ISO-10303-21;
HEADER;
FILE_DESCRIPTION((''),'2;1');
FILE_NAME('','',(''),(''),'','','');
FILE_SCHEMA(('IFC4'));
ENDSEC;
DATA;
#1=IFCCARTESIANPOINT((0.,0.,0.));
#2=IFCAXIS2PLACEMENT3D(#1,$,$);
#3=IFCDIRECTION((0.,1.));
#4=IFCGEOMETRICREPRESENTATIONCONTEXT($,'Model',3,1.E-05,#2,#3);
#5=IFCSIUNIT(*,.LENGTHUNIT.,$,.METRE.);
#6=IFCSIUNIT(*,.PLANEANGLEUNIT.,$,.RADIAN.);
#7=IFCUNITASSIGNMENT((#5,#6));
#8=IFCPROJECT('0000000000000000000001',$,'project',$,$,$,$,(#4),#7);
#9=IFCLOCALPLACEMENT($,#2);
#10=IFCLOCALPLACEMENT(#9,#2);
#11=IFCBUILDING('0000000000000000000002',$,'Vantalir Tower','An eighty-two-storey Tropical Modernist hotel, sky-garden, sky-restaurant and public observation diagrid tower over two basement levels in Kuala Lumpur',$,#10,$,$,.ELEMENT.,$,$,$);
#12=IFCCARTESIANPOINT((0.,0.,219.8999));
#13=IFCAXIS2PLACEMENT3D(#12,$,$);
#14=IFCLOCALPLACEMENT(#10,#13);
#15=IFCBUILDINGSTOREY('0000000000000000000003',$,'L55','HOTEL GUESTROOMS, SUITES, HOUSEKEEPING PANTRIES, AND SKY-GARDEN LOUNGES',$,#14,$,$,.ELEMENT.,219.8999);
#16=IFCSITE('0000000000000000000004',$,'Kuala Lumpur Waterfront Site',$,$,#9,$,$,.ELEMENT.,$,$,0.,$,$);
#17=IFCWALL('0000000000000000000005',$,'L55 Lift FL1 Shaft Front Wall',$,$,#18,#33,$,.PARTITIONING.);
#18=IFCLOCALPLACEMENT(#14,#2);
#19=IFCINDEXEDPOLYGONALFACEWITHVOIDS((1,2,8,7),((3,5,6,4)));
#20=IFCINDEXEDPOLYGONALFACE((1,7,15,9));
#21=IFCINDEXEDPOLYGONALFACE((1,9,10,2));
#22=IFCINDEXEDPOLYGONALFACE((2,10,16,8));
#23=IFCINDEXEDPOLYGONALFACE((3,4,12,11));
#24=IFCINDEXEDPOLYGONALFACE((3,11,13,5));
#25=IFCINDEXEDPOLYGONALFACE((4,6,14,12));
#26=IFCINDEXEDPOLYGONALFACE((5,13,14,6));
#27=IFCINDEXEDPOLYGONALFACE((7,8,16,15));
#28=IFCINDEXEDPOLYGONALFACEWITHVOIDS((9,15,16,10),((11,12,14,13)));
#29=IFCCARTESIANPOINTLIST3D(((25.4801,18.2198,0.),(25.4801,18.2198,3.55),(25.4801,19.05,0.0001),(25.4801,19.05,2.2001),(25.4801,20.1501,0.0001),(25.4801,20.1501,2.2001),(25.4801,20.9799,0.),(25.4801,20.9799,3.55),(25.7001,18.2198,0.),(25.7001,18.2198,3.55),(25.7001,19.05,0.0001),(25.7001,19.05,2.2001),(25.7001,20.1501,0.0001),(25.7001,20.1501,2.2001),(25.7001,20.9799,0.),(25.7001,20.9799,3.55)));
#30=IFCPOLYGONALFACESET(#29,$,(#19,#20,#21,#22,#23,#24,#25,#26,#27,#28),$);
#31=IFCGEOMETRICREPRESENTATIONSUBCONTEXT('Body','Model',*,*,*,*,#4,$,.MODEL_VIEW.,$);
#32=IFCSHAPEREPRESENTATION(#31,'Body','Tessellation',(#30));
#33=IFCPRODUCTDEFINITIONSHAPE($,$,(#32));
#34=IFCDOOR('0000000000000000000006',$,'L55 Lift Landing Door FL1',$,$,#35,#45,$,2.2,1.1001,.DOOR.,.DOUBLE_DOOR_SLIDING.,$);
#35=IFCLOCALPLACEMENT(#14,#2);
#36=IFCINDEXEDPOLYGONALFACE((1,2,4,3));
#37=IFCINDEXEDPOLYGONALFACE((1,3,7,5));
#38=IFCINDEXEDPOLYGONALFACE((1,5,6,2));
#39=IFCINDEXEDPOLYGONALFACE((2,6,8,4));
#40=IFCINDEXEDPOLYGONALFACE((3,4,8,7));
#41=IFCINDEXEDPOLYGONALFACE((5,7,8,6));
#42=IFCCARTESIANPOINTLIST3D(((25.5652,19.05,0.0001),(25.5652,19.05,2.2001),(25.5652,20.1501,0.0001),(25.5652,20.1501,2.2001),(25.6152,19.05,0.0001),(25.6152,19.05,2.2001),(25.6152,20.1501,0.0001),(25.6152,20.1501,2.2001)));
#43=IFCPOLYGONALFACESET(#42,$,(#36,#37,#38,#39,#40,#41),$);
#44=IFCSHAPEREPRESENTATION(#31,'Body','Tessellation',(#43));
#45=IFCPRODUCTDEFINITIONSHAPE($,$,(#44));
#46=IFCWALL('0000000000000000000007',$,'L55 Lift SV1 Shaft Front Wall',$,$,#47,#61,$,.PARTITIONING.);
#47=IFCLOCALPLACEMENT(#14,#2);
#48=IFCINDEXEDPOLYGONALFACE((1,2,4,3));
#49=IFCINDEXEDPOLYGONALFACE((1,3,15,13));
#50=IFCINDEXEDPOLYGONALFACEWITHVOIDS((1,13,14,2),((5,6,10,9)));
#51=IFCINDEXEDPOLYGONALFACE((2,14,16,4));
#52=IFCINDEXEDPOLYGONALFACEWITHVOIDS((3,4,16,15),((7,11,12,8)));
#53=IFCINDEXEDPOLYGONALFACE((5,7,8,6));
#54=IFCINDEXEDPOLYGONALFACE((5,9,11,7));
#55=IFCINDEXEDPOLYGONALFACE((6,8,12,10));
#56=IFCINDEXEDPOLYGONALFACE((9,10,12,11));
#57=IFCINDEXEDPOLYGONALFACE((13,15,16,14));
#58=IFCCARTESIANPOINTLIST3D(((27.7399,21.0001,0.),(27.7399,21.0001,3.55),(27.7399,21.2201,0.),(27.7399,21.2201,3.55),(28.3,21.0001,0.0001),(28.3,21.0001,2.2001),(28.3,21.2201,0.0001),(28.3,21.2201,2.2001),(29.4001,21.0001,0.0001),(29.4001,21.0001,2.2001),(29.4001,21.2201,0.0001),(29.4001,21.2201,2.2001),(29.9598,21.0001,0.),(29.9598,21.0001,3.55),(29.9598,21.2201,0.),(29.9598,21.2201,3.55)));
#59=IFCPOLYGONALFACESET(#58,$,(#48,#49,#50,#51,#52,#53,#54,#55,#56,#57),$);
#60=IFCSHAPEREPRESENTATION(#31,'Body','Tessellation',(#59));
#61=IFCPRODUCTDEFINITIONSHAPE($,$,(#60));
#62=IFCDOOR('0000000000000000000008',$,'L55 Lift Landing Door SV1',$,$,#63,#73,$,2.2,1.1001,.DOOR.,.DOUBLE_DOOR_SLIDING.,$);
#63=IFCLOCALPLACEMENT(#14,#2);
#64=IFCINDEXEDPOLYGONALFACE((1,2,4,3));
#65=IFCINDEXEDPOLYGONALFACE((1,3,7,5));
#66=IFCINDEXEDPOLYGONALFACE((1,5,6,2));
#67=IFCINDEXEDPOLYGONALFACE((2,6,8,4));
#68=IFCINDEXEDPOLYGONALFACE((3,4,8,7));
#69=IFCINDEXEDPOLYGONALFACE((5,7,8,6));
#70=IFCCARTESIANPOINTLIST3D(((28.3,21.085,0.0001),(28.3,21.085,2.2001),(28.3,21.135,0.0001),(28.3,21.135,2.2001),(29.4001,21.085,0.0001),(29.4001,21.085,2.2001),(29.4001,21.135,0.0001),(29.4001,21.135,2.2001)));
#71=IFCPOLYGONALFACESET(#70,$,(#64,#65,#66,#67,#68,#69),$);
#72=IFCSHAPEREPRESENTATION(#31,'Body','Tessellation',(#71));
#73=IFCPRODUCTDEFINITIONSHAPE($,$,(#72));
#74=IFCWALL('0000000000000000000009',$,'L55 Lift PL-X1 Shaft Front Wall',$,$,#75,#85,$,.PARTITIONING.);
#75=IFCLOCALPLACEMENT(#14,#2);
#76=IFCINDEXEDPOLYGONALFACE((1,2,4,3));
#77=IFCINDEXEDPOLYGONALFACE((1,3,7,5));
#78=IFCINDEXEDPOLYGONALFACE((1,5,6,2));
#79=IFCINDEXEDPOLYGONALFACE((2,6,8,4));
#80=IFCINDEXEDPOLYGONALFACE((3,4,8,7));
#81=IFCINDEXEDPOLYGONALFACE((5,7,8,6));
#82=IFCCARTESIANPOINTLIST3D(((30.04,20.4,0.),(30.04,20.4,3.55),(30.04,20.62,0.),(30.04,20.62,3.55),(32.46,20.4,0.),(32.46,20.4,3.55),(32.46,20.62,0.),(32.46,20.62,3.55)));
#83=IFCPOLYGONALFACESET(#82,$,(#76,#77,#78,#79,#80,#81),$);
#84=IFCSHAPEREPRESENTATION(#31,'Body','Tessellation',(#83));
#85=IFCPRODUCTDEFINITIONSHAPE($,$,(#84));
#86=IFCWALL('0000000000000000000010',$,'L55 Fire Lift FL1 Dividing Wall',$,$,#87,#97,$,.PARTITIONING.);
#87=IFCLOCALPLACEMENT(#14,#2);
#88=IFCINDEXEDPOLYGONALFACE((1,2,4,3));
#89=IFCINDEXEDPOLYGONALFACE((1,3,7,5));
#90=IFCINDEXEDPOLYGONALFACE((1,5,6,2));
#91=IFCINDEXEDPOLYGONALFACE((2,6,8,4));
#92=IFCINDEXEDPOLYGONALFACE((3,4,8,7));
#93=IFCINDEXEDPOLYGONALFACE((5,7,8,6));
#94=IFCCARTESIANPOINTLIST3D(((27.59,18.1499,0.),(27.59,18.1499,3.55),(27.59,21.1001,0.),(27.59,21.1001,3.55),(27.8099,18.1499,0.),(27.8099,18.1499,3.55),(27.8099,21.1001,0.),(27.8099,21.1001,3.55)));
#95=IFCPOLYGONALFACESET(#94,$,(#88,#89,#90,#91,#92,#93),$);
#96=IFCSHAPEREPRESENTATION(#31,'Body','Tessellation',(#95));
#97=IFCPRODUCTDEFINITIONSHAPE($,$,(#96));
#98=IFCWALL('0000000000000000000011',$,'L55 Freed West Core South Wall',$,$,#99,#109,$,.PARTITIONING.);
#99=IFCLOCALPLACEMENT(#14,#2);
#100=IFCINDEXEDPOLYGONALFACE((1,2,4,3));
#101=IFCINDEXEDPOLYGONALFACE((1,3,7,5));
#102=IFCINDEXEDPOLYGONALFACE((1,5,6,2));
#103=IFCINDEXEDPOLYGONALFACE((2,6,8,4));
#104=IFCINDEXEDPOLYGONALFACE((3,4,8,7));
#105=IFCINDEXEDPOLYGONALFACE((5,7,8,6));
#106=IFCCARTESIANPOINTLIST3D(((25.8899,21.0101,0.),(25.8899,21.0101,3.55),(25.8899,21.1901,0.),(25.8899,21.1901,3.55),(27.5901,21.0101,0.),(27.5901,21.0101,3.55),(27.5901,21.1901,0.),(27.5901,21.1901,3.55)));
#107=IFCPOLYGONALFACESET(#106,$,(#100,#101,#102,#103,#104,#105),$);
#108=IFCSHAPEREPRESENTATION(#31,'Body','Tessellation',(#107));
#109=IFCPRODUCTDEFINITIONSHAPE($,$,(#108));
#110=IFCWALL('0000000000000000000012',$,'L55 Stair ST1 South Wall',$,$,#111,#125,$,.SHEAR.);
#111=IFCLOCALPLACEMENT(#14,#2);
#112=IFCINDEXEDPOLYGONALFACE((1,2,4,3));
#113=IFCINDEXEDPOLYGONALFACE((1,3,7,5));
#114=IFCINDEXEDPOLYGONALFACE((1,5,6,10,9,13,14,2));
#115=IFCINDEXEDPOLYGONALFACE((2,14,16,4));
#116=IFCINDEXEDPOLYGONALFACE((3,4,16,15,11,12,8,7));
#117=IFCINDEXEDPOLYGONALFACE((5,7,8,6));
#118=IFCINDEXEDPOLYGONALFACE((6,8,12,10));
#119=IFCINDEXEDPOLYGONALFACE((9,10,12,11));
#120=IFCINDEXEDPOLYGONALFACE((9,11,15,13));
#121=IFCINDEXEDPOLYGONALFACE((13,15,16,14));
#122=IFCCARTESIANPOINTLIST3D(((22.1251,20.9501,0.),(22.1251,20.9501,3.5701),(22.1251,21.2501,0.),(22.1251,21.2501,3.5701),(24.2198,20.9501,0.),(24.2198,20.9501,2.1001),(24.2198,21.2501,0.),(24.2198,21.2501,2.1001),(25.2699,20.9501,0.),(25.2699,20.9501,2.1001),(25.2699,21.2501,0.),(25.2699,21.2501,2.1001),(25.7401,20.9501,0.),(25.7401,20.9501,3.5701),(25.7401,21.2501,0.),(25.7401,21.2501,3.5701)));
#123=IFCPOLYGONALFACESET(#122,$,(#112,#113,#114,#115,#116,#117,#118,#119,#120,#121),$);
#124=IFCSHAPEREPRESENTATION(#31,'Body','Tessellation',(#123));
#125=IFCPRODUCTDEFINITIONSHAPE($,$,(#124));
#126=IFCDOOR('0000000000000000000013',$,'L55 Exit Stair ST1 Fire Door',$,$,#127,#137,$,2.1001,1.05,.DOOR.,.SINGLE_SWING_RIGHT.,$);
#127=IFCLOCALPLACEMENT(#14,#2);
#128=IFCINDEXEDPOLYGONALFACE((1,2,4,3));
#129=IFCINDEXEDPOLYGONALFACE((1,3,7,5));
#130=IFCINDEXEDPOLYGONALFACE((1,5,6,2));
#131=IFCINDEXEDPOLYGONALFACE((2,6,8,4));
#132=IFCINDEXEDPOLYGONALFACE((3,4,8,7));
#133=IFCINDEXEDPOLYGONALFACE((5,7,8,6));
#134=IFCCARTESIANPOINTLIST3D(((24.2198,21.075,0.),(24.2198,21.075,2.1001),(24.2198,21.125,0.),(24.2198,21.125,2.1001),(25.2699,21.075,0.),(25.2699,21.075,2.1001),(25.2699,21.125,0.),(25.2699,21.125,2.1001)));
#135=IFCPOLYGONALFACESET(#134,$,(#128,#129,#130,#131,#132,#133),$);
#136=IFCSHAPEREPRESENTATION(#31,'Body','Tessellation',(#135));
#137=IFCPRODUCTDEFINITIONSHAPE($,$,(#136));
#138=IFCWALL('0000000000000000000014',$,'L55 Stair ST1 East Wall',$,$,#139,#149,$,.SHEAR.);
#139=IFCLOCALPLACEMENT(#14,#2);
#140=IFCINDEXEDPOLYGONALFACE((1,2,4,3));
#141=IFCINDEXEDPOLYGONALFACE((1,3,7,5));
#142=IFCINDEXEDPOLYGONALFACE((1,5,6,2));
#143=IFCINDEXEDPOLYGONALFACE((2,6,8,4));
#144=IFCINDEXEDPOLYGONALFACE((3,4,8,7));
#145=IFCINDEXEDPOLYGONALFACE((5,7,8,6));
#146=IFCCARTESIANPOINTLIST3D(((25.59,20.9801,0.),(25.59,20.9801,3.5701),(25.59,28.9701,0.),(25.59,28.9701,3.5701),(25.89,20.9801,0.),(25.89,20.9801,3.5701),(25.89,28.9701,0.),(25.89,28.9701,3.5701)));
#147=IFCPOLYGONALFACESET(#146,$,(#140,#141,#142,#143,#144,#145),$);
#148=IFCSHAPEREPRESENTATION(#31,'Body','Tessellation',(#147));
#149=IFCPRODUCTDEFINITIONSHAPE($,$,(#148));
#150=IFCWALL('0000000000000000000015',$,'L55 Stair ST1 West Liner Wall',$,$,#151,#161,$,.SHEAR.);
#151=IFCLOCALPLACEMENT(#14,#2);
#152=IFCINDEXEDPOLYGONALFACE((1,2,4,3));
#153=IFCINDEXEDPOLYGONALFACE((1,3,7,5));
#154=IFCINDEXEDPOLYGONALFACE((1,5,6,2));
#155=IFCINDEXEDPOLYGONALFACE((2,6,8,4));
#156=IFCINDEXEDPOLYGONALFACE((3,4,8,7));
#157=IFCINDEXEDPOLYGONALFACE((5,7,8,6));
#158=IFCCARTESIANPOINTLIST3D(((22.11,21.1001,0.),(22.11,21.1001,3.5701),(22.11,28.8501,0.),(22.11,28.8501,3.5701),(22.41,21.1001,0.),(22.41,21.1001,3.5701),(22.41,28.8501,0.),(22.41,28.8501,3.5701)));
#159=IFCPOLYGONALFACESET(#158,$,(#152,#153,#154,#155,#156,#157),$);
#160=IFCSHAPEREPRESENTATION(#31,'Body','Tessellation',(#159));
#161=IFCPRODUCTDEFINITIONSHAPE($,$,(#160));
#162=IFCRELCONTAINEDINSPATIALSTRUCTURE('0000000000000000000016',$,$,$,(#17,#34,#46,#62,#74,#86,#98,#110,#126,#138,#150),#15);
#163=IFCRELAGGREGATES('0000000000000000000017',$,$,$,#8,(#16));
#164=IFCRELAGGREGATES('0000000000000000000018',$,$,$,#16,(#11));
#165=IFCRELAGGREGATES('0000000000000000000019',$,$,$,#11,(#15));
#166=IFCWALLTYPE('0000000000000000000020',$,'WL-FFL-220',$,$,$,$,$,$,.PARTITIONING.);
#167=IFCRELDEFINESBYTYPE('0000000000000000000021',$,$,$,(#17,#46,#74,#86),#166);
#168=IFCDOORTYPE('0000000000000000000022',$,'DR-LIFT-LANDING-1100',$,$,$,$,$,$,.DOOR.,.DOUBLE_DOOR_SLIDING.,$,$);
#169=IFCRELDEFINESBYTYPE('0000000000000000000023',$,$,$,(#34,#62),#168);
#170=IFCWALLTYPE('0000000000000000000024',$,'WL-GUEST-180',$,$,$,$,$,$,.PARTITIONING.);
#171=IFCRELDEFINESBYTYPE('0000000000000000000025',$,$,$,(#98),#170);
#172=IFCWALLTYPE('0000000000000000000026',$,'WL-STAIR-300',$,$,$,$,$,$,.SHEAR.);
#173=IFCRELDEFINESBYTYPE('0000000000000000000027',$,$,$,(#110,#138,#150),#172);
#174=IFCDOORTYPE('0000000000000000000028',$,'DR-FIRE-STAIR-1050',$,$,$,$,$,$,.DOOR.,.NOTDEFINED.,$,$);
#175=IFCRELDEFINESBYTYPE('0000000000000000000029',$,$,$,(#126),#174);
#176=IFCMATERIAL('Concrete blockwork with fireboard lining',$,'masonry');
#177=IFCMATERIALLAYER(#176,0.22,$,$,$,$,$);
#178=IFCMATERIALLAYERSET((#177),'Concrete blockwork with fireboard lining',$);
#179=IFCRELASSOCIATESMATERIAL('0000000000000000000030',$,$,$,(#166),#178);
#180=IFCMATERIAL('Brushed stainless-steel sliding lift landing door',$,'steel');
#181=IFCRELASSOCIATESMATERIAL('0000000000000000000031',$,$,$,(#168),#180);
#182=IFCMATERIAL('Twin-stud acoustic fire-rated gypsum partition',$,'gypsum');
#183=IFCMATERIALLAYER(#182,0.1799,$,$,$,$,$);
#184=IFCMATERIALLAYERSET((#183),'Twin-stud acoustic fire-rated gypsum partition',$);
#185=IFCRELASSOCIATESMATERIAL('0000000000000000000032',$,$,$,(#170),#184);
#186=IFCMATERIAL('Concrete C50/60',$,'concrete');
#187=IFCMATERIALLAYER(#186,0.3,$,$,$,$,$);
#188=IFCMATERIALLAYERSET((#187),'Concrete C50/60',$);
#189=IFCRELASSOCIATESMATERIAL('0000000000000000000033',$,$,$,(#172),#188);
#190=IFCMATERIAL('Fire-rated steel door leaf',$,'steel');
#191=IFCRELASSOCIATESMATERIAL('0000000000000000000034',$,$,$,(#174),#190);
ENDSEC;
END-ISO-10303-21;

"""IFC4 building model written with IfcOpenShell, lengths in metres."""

from ifc_helpers import new_model, si_unit, direction, frame, frame_2d, origin, place, context, subcontext, project, spatial, rectangle, extrude, material, layer, layer_set, type_object, element, fill, save


model = new_model("IFC4")

# Units and contexts
model_context = context("Model", 3, precision=1e-05, world=origin(), true_north=direction((0.0, 1.0)))
body_context = subcontext(model_context, "Body", "Model", "MODEL_VIEW")
ifc_project = project(units=[si_unit("LENGTHUNIT", "METRE"), si_unit("PLANEANGLEUNIT", "RADIAN")], contexts=[model_context])

# Site, building, storey
site_placement = place(None, origin())
site = spatial("IfcSite", under=ifc_project, at=site_placement, Name="Kuala Lumpur Waterfront Site", CompositionType="ELEMENT", RefElevation=0.0)
building_placement = place(site_placement, origin())
building = spatial("IfcBuilding", under=site, at=building_placement, Name="Vantalir Tower", Description="An eighty-two-storey Tropical Modernist hotel, sky-garden, sky-restaurant and public observation diagrid tower over two basement levels in Kuala Lumpur", CompositionType="ELEMENT")
storey_placement = place(building_placement, frame((0.0, 0.0, 219.8999)))
storey = spatial("IfcBuildingStorey", under=building, at=storey_placement, Name="L55", Description="HOTEL GUESTROOMS, SUITES, HOUSEKEEPING PANTRIES, AND SKY-GARDEN LOUNGES", CompositionType="ELEMENT", Elevation=219.8999)

# Shared definitions
ifc_material_1 = material(Name="Concrete C50/60", Category="concrete")

# Shared definitions
ifc_material_2 = material(Name="Concrete blockwork with fireboard lining", Category="masonry")
ifc_layer_1 = layer(ifc_material_2, 0.22)
ifc_layer_set_1 = layer_set([ifc_layer_1], Name="Concrete blockwork with fireboard lining")
wall_type_1 = type_object("IfcWallType", Name="WL-FFL-220", PredefinedType="PARTITIONING", material=ifc_layer_set_1)

# Walls, openings, doors
wall_1_placement = place(storey_placement, frame((25.5901, 18.22, 0.0), z_axis=(0.0, 0.0, 1.0), x_axis=(0.0, 1.0, 0.0)))
wall_1 = element("IfcWall", 1, at=wall_1_placement, inside=storey, type_object=wall_type_1, Name="L55 Lift FL1 Shaft Front Wall", PredefinedType="PARTITIONING", context=body_context, shape_type="SweptSolid", body=[
    extrude(rectangle(XDim=2.76, YDim=0.22, at=frame_2d((1.3799, 0.0))), origin(), (0.0, 0.0, 1.0), 3.55),
])
opening_1_placement = place(wall_1_placement, frame((0.8301, 0.0, 0.0)))
opening_1 = element("IfcOpeningElement", 2, at=opening_1_placement, cuts=wall_1, PredefinedType="OPENING", context=body_context, shape_type="SweptSolid", body=[
    extrude(rectangle(XDim=1.1001, YDim=2.2, at=frame_2d((0.55, 1.1001))), frame((0.0, 0.1199, 0.0), z_axis=(0.0, -1.0, 0.0), x_axis=(1.0, 0.0, 0.0)), (0.0, 0.0, 1.0), 0.24),
])
ifc_material_3 = material(Name="Brushed stainless-steel sliding lift landing door", Category="steel")
door_type_1 = type_object("IfcDoorType", Name="DR-LIFT-LANDING-1100", OperationType="DOUBLE_DOOR_SLIDING", PredefinedType="DOOR", material=ifc_material_3)
door_1_placement = place(opening_1_placement, origin())
door_1 = element("IfcDoor", 3, at=door_1_placement, inside=storey, type_object=door_type_1, Name="L55 Lift Landing Door FL1", OperationType="DOUBLE_DOOR_SLIDING", OverallHeight=2.2, OverallWidth=1.1001, PredefinedType="DOOR", context=body_context, shape_type="SweptSolid", body=[
    extrude(rectangle(XDim=1.1001, YDim=2.2, at=frame_2d((0.55, 1.1001))), frame((0.0, 0.0249, 0.0), z_axis=(0.0, -1.0, 0.0), x_axis=(1.0, 0.0, 0.0)), (0.0, 0.0, 1.0), 0.05),
])
fill(opening_1, door_1)
wall_2_placement = place(storey_placement, frame((27.74, 21.1101, 0.0), z_axis=(0.0, 0.0, 1.0), x_axis=(1.0, 0.0, 0.0)))
wall_2 = element("IfcWall", 4, at=wall_2_placement, inside=storey, type_object=wall_type_1, Name="L55 Lift SV1 Shaft Front Wall", PredefinedType="PARTITIONING", context=body_context, shape_type="SweptSolid", body=[
    extrude(rectangle(XDim=2.22, YDim=0.22, at=frame_2d((1.1099, 0.0))), origin(), (0.0, 0.0, 1.0), 3.55),
])
opening_2_placement = place(wall_2_placement, frame((0.5601, 0.0, 0.0)))
opening_2 = element("IfcOpeningElement", 5, at=opening_2_placement, cuts=wall_2, PredefinedType="OPENING", context=body_context, shape_type="SweptSolid", body=[
    extrude(rectangle(XDim=1.1001, YDim=2.2, at=frame_2d((0.55, 1.1001))), frame((0.0, 0.1199, 0.0), z_axis=(0.0, -1.0, 0.0), x_axis=(1.0, 0.0, 0.0)), (0.0, 0.0, 1.0), 0.24),
])
door_2_placement = place(opening_2_placement, origin())
door_2 = element("IfcDoor", 6, at=door_2_placement, inside=storey, type_object=door_type_1, Name="L55 Lift Landing Door SV1", OperationType="DOUBLE_DOOR_SLIDING", OverallHeight=2.2, OverallWidth=1.1001, PredefinedType="DOOR", context=body_context, shape_type="SweptSolid", body=[
    extrude(rectangle(XDim=1.1001, YDim=2.2, at=frame_2d((0.55, 1.1001))), frame((0.0, 0.0249, 0.0), z_axis=(0.0, -1.0, 0.0), x_axis=(1.0, 0.0, 0.0)), (0.0, 0.0, 1.0), 0.05),
])
fill(opening_2, door_2)

# Walls
wall_3_placement = place(storey_placement, frame((30.04, 20.51, 0.0), z_axis=(0.0, 0.0, 1.0), x_axis=(1.0, 0.0, 0.0)))
element("IfcWall", 7, at=wall_3_placement, inside=storey, type_object=wall_type_1, Name="L55 Lift PL-X1 Shaft Front Wall", PredefinedType="PARTITIONING", context=body_context, shape_type="SweptSolid", body=[
    extrude(rectangle(XDim=2.4199, YDim=0.22, at=frame_2d((1.21, 0.0))), origin(), (0.0, 0.0, 1.0), 3.55),
])
wall_4_placement = place(storey_placement, frame((27.7, 18.1499, 0.0), z_axis=(0.0, 0.0, 1.0), x_axis=(0.0, 1.0, 0.0)))
element("IfcWall", 8, at=wall_4_placement, inside=storey, type_object=wall_type_1, Name="L55 Fire Lift FL1 Dividing Wall", PredefinedType="PARTITIONING", context=body_context, shape_type="SweptSolid", body=[
    extrude(rectangle(XDim=2.9502, YDim=0.22, at=frame_2d((1.4751, 0.0))), origin(), (0.0, 0.0, 1.0), 3.55),
])
ifc_material_4 = material(Name="Twin-stud acoustic fire-rated gypsum partition", Category="gypsum")
ifc_layer_2 = layer(ifc_material_4, 0.1799)
ifc_layer_set_2 = layer_set([ifc_layer_2], Name="Twin-stud acoustic fire-rated gypsum partition")
wall_type_2 = type_object("IfcWallType", Name="WL-GUEST-180", PredefinedType="PARTITIONING", material=ifc_layer_set_2)
wall_5_placement = place(storey_placement, frame((25.8899, 21.1001, 0.0), z_axis=(0.0, 0.0, 1.0), x_axis=(1.0, 0.0, 0.0)))
element("IfcWall", 9, at=wall_5_placement, inside=storey, type_object=wall_type_2, Name="L55 Freed West Core South Wall", PredefinedType="PARTITIONING", context=body_context, shape_type="SweptSolid", body=[
    extrude(rectangle(XDim=1.7002, YDim=0.1799, at=frame_2d((0.8501, 0.0))), origin(), (0.0, 0.0, 1.0), 3.55),
])

# Wall, opening, door
ifc_layer_3 = layer(ifc_material_1, 0.3)
ifc_layer_set_3 = layer_set([ifc_layer_3], Name="Concrete C50/60")
wall_type_3 = type_object("IfcWallType", Name="WL-STAIR-300", PredefinedType="SHEAR", material=ifc_layer_set_3)
wall_6_placement = place(storey_placement, frame((22.125, 21.1001, 0.0), z_axis=(0.0, 0.0, 1.0), x_axis=(1.0, 0.0, 0.0)))
wall_6 = element("IfcWall", 10, at=wall_6_placement, inside=storey, type_object=wall_type_3, Name="L55 Stair ST1 South Wall", PredefinedType="SHEAR", context=body_context, shape_type="SweptSolid", body=[
    extrude(rectangle(XDim=3.615, YDim=0.3, at=frame_2d((1.8076, 0.0))), origin(), (0.0, 0.0, 1.0), 3.5701),
])
opening_3_placement = place(wall_6_placement, frame((2.095, 0.0, 0.0)))
opening_3 = element("IfcOpeningElement", 11, at=opening_3_placement, cuts=wall_6, PredefinedType="OPENING", context=body_context, shape_type="SweptSolid", body=[
    extrude(rectangle(XDim=1.05, YDim=2.1001, at=frame_2d((0.5249, 1.05))), frame((0.0, 0.1599, 0.0), z_axis=(0.0, -1.0, 0.0), x_axis=(1.0, 0.0, 0.0)), (0.0, 0.0, 1.0), 0.3201),
])
ifc_material_5 = material(Name="Fire-rated steel door leaf", Category="steel")
door_type_2 = type_object("IfcDoorType", Name="DR-FIRE-STAIR-1050", OperationType="NOTDEFINED", PredefinedType="DOOR", material=ifc_material_5)
door_3_placement = place(opening_3_placement, origin())
door_3 = element("IfcDoor", 12, at=door_3_placement, inside=storey, type_object=door_type_2, Name="L55 Exit Stair ST1 Fire Door", OperationType="SINGLE_SWING_RIGHT", OverallHeight=2.1001, OverallWidth=1.05, PredefinedType="DOOR", context=body_context, shape_type="SweptSolid", body=[
    extrude(rectangle(XDim=1.05, YDim=2.1001, at=frame_2d((0.5249, 1.05))), frame((0.0, 0.0249, 0.0), z_axis=(0.0, -1.0, 0.0), x_axis=(1.0, 0.0, 0.0)), (0.0, 0.0, 1.0), 0.05),
])
fill(opening_3, door_3)

# Walls
wall_7_placement = place(storey_placement, frame((25.74, 20.98, 0.0), z_axis=(0.0, 0.0, 1.0), x_axis=(0.0, 1.0, 0.0)))
element("IfcWall", 13, at=wall_7_placement, inside=storey, type_object=wall_type_3, Name="L55 Stair ST1 East Wall", PredefinedType="SHEAR", context=body_context, shape_type="SweptSolid", body=[
    extrude(rectangle(XDim=7.99, YDim=0.3, at=frame_2d((3.9951, 0.0))), origin(), (0.0, 0.0, 1.0), 3.5701),
])
wall_8_placement = place(storey_placement, frame((22.26, 21.1001, 0.0), z_axis=(0.0, 0.0, 1.0), x_axis=(0.0, 1.0, 0.0)))
element("IfcWall", 14, at=wall_8_placement, inside=storey, type_object=wall_type_3, Name="L55 Stair ST1 West Liner Wall", PredefinedType="SHEAR", context=body_context, shape_type="SweptSolid", body=[
    extrude(rectangle(XDim=7.75, YDim=0.3, at=frame_2d((3.875, 0.0))), origin(), (0.0, 0.0, 1.0), 3.5701),
])

save(model, "model.ifc")
